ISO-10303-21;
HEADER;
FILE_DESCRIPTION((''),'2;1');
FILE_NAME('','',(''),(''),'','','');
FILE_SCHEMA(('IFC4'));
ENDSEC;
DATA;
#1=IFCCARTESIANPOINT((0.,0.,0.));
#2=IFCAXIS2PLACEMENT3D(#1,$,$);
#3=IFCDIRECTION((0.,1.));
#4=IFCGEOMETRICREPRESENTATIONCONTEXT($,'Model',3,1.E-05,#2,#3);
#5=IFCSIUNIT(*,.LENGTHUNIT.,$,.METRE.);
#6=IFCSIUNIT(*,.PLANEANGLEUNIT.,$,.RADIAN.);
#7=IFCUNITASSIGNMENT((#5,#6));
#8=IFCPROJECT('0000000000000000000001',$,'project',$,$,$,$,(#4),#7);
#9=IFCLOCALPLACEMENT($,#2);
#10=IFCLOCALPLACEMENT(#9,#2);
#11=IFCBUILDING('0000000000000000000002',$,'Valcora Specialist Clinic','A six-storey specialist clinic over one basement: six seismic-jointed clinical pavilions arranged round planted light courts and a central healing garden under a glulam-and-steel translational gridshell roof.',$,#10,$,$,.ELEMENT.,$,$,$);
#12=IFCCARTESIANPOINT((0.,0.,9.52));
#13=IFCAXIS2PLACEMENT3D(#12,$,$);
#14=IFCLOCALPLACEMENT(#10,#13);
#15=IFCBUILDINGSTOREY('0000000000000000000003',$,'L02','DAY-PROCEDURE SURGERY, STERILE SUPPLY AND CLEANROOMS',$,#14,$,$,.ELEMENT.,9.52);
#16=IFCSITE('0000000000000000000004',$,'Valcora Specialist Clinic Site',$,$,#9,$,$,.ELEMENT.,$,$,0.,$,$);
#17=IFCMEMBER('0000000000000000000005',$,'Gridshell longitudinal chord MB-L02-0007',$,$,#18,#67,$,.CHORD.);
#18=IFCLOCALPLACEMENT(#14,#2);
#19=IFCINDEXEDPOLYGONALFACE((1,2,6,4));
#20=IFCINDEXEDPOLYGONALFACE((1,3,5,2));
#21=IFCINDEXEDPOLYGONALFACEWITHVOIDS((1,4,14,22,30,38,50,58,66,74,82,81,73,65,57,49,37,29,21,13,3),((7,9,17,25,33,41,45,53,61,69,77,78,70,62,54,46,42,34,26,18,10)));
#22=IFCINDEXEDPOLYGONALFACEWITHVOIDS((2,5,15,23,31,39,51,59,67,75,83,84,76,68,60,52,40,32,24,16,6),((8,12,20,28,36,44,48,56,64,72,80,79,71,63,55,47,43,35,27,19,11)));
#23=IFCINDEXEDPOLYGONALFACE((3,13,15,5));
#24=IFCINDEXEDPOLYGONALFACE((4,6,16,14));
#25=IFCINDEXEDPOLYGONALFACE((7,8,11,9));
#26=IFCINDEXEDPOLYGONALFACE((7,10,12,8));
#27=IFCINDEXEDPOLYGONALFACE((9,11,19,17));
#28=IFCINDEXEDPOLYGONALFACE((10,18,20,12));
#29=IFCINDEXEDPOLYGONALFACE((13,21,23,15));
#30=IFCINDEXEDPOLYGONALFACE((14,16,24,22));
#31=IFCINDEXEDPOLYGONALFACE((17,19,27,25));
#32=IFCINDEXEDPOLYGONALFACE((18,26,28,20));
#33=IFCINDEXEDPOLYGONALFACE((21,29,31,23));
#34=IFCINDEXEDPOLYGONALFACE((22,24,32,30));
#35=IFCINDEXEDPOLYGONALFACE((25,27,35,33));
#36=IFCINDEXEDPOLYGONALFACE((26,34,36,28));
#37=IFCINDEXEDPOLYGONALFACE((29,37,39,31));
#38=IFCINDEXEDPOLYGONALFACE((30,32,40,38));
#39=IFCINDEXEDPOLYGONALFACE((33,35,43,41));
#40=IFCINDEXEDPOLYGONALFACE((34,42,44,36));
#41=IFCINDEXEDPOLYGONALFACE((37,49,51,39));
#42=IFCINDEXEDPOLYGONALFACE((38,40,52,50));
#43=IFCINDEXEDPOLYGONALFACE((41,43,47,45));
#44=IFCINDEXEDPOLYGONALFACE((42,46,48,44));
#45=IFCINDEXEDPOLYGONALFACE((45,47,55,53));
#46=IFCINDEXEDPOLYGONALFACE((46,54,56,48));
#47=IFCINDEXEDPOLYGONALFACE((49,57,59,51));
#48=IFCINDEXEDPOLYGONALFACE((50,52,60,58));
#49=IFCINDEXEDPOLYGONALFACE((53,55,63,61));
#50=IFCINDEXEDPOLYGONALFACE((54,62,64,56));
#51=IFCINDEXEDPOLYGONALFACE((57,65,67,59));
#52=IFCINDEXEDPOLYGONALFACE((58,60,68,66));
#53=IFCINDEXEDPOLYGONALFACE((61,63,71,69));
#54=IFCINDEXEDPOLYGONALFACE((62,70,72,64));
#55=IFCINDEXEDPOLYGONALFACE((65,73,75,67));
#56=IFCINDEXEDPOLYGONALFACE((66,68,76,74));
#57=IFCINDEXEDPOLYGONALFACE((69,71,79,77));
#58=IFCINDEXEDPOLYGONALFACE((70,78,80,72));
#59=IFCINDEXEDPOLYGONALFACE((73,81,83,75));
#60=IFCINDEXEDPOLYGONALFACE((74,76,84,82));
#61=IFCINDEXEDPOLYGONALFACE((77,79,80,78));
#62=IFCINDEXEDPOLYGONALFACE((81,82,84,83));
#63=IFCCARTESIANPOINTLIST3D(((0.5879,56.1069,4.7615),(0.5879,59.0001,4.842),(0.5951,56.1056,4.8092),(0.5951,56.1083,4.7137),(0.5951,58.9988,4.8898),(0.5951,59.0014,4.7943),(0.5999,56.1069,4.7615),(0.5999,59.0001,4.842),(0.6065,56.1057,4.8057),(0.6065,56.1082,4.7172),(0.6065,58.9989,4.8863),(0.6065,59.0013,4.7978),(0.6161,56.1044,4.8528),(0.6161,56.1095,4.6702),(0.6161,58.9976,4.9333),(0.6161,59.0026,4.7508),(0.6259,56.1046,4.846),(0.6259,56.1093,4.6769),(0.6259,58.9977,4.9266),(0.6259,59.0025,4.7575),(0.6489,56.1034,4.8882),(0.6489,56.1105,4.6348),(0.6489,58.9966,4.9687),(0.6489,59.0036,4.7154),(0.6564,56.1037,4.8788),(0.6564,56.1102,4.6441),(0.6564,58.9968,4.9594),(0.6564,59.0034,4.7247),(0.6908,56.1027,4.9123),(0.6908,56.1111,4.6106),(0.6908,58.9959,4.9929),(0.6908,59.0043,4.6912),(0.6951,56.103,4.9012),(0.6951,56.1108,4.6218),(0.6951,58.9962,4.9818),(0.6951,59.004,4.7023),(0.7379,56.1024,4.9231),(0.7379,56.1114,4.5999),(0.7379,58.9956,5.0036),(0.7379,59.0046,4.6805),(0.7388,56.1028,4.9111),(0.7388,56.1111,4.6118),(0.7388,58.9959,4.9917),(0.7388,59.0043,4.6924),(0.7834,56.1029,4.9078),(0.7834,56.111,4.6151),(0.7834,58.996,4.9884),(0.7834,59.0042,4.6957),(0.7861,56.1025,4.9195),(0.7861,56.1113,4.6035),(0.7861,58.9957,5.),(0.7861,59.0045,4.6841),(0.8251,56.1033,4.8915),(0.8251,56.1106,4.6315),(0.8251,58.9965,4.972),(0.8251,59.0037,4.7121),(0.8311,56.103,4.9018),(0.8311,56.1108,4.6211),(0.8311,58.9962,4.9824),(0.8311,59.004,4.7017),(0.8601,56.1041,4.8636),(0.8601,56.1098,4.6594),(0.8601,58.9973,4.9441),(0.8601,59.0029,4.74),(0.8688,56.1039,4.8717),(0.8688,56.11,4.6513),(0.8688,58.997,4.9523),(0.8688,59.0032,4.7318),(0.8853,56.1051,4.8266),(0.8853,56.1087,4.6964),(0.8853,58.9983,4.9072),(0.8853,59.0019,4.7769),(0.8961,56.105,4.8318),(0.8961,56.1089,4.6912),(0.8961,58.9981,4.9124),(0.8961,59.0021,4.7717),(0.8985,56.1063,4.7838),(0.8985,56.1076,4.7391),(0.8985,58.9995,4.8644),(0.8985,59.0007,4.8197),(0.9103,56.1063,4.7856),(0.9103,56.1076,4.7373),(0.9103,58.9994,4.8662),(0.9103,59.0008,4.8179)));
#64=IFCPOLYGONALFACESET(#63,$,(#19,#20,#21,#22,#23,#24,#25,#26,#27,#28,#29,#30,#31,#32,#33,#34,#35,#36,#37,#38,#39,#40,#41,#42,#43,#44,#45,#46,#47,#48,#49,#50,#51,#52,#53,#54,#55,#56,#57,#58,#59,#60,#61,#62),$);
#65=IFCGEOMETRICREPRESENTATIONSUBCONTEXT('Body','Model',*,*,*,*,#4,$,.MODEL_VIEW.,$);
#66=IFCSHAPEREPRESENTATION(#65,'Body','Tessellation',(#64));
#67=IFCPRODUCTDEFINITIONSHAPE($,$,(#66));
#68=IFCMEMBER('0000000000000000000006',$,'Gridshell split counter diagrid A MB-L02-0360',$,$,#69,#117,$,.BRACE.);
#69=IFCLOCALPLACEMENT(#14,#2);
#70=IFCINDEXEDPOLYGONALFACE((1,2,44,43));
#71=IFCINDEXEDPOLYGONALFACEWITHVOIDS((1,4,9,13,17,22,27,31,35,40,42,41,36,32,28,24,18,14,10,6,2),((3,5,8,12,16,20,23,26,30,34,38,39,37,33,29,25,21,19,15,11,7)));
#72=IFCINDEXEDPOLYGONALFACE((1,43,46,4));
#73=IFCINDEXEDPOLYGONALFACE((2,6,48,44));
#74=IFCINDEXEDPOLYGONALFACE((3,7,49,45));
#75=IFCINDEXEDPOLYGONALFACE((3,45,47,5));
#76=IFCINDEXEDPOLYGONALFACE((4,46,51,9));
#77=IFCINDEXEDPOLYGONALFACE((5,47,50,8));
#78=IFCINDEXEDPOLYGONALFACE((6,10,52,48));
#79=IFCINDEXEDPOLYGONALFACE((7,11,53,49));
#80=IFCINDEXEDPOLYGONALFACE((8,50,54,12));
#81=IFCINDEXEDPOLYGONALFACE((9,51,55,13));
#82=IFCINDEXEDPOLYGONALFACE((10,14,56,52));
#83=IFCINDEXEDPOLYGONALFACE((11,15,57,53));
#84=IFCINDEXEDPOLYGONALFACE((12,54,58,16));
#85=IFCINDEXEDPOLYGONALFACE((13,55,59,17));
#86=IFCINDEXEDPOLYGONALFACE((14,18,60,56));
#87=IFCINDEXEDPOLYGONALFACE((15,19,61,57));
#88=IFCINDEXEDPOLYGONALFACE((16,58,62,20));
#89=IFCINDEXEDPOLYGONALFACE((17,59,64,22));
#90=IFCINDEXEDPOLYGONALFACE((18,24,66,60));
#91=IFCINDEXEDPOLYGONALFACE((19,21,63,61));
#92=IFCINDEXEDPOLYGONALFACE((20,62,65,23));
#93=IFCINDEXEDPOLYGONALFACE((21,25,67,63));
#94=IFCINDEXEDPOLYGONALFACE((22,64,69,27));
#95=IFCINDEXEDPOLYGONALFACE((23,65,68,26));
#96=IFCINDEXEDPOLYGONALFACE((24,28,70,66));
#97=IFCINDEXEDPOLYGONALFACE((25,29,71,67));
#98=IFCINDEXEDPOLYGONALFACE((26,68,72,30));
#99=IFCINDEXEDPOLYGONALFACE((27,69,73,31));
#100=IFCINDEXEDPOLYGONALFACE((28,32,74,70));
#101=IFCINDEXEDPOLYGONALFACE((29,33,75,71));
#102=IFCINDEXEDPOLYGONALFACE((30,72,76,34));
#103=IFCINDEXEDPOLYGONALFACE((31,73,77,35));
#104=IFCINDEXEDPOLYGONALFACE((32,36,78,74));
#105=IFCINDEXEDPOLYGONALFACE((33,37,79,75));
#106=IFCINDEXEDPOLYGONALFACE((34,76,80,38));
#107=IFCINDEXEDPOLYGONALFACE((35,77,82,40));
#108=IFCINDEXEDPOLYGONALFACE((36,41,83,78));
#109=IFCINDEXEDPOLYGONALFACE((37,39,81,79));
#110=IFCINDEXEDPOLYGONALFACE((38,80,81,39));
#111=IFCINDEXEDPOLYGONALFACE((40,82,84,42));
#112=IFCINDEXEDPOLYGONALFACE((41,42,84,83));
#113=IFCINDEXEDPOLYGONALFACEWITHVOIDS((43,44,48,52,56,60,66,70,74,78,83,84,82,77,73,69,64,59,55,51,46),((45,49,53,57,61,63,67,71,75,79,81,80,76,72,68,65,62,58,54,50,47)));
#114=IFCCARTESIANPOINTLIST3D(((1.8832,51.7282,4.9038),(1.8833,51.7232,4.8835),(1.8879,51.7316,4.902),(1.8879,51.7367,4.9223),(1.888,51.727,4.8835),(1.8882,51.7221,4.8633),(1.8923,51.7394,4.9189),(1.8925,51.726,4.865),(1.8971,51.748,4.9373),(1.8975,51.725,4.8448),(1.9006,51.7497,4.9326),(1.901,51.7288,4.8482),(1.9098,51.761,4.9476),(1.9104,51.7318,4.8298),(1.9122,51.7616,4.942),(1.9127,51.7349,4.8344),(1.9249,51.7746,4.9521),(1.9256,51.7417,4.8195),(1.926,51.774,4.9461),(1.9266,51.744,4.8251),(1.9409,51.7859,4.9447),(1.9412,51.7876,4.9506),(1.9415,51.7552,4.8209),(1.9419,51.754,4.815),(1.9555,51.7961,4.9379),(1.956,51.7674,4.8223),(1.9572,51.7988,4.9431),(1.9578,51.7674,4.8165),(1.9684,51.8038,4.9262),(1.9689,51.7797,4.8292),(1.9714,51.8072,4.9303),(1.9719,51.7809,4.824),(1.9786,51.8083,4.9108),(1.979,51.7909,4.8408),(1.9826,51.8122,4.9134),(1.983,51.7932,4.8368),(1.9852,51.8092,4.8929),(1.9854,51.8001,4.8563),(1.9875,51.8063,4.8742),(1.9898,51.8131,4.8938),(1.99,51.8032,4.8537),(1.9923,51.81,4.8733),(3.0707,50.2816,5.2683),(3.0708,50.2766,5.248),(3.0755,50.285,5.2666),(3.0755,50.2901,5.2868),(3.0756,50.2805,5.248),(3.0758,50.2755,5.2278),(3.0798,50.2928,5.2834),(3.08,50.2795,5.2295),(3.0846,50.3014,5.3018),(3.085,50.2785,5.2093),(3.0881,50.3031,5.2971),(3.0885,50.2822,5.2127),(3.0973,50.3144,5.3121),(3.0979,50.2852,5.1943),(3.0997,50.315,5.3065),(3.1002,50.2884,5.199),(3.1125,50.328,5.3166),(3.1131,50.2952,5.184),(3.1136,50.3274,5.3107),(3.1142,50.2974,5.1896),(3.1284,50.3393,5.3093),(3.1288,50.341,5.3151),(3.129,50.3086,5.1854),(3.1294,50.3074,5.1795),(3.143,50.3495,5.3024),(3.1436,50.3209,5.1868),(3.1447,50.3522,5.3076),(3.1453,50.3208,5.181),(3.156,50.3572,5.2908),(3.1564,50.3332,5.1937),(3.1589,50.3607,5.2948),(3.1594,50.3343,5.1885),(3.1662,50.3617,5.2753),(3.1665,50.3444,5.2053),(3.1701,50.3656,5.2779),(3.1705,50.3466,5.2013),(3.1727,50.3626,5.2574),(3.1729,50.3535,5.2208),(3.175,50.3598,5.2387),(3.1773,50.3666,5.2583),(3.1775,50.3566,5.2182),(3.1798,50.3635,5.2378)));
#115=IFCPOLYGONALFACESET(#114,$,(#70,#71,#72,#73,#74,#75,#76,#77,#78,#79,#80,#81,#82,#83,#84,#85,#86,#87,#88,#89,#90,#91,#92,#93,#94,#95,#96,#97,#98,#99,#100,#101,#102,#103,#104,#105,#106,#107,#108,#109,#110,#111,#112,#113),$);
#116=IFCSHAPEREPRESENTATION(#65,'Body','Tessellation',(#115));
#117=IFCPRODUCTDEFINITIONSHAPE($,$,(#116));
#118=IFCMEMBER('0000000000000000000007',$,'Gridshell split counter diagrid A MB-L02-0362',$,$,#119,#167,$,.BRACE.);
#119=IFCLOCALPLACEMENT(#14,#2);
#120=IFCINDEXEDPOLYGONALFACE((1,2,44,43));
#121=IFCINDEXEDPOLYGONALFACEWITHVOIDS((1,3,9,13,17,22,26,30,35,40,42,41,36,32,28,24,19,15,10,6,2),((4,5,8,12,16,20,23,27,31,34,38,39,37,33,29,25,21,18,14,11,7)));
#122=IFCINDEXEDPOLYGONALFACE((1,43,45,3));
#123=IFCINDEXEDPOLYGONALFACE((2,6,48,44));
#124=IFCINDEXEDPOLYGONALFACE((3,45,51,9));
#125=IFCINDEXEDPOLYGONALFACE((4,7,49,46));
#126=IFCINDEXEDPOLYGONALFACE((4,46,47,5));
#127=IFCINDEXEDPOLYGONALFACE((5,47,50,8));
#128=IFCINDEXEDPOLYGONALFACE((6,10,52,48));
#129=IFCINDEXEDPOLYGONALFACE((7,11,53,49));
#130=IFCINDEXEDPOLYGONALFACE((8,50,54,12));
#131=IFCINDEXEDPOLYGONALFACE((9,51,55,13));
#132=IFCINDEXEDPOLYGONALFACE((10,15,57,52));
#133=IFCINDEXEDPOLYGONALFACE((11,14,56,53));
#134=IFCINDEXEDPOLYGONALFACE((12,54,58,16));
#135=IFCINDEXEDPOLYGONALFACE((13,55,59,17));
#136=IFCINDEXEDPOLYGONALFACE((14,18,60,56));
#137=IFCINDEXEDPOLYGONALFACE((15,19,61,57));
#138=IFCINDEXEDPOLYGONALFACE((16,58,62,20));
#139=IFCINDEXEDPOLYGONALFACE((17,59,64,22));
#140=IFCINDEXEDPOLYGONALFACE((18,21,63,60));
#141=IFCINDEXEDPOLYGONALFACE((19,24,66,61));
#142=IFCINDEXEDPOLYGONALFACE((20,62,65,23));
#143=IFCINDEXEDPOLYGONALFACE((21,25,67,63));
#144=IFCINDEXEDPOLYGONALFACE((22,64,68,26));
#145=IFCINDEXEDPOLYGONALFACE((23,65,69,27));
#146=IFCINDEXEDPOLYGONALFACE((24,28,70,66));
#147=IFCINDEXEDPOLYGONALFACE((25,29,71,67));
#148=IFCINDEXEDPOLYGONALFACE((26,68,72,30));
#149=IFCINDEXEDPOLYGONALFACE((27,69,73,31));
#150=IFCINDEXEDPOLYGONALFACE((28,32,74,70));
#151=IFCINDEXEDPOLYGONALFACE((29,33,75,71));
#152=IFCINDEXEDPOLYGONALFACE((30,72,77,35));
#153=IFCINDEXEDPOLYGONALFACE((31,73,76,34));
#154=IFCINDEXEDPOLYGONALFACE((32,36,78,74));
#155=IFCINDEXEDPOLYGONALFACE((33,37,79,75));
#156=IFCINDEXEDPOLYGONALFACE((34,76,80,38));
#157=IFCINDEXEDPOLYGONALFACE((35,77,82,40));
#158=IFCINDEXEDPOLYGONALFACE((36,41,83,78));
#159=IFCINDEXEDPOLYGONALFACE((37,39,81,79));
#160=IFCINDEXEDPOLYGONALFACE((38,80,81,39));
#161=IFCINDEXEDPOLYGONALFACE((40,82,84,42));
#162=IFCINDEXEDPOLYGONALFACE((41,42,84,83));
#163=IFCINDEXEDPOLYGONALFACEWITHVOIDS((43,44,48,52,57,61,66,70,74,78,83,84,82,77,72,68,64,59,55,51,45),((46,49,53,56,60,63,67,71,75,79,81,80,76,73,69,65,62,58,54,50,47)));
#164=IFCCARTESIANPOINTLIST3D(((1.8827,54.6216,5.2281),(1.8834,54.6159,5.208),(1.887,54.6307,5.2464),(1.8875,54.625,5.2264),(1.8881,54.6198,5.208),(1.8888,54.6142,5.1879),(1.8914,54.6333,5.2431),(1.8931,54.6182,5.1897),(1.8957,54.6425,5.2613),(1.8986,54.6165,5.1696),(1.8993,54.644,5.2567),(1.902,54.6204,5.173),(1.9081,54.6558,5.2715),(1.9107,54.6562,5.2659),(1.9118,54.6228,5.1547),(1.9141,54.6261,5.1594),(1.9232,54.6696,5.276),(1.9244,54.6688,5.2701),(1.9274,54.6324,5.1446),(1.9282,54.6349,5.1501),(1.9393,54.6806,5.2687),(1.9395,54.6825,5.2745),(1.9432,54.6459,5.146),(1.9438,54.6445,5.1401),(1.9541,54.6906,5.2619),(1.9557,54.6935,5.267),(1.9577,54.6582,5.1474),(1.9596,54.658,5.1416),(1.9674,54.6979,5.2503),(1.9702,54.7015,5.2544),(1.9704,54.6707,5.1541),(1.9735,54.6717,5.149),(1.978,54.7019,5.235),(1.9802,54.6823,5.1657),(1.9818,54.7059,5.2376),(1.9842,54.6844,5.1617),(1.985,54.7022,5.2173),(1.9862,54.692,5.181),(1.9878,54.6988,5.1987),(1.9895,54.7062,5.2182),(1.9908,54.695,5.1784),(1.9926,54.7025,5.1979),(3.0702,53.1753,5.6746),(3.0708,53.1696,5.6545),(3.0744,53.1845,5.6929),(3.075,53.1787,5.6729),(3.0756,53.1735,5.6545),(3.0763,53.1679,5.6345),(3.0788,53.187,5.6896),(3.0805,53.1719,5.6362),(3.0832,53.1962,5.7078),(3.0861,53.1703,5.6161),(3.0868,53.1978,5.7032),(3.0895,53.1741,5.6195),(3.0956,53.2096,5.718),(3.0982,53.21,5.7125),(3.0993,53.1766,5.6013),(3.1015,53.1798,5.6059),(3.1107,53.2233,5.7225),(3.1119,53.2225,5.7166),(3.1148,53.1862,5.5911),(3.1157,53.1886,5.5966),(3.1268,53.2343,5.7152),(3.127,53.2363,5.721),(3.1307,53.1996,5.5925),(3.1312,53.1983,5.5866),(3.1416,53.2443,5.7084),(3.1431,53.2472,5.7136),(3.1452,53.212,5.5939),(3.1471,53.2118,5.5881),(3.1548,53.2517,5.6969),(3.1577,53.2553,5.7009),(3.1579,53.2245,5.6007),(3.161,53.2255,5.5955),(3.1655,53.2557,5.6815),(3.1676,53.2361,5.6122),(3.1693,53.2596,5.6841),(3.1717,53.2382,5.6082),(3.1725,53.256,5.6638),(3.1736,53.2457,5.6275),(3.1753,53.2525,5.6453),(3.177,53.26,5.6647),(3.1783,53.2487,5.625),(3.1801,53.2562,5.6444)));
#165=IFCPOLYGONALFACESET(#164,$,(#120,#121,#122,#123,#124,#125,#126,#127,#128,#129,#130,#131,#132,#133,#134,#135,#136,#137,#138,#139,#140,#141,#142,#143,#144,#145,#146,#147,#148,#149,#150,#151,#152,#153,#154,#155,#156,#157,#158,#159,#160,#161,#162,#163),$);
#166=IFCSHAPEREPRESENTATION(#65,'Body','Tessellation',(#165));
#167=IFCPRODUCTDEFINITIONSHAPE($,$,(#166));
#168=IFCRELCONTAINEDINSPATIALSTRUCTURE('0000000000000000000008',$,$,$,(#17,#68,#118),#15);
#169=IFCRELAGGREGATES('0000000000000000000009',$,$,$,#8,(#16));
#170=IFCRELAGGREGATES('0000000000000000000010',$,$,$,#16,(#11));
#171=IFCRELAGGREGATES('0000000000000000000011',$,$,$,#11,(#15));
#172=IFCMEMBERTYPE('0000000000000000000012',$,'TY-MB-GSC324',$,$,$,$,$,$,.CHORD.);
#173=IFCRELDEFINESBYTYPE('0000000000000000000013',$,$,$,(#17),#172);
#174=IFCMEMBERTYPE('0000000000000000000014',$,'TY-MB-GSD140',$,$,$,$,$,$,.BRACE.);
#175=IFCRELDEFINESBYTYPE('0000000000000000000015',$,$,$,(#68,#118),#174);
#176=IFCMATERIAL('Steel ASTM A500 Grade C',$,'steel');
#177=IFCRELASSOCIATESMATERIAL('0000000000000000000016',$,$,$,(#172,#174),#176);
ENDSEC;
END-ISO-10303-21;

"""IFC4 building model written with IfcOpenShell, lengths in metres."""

from ifc_helpers import new_model, si_unit, direction, frame, origin, origin_2d, place, context, subcontext, project, spatial, hollow_circle, extrude, material, material_profile, profile_set, type_object, element, save


model = new_model("IFC4")

# Units and contexts
model_context = context("Model", 3, precision=1e-05, world=origin(), true_north=direction((0.0, 1.0)))
body_context = subcontext(model_context, "Body", "Model", "MODEL_VIEW")
ifc_project = project(units=[si_unit("LENGTHUNIT", "METRE"), si_unit("PLANEANGLEUNIT", "RADIAN")], contexts=[model_context])

# Site, building, storey
site_placement = place(None, origin())
site = spatial("IfcSite", under=ifc_project, at=site_placement, Name="Valcora Specialist Clinic Site", CompositionType="ELEMENT", RefElevation=0.0)
building_placement = place(site_placement, origin())
building = spatial("IfcBuilding", under=site, at=building_placement, Name="Valcora Specialist Clinic", Description="A six-storey specialist clinic over one basement: six seismic-jointed clinical pavilions arranged round planted light courts and a central healing garden under a glulam-and-steel translational gridshell roof.", CompositionType="ELEMENT")
storey_placement = place(building_placement, frame((0.0, 0.0, 9.52)))
storey = spatial("IfcBuildingStorey", under=building, at=storey_placement, Name="L02", Description="DAY-PROCEDURE SURGERY, STERILE SUPPLY AND CLEANROOMS", CompositionType="ELEMENT", Elevation=9.52)

# Members
ifc_material_1 = material(Name="Steel ASTM A500 Grade C", Category="steel")
ifc_material_profile_1 = material_profile(ifc_material_1, hollow_circle(Radius=0.1621, WallThickness=0.012, at=origin_2d()), Name="ST-CHS-324X12")
ifc_profile_set_1 = profile_set([ifc_material_profile_1], Name="Steel ASTM A500 Grade C")
member_type_1 = type_object("IfcMemberType", Name="TY-MB-GSC324", PredefinedType="CHORD", material=ifc_profile_set_1)
member_1_placement = place(storey_placement, frame((0.75, 56.1069, 4.7615), z_axis=(0.0, 0.999612, 0.027837), x_axis=(-1.0, 0.0, 0.0)))
element("IfcMember", 1, at=member_1_placement, inside=storey, type_object=member_type_1, Name="Gridshell longitudinal chord MB-L02-0007", PredefinedType="CHORD", context=body_context, shape_type="SweptSolid", body=[
    extrude(hollow_circle(Radius=0.1621, WallThickness=0.012, at=origin_2d()), origin(), (0.0, 0.0, 1.0), 2.8943),
])
ifc_material_profile_2 = material_profile(ifc_material_1, hollow_circle(Radius=0.0701, WallThickness=0.0061, at=origin_2d()), Name="ST-CHS-140X6")
ifc_profile_set_2 = profile_set([ifc_material_profile_2], Name="Steel ASTM A500 Grade C")
member_type_2 = type_object("IfcMemberType", Name="TY-MB-GSD140", PredefinedType="BRACE", material=ifc_profile_set_2)
member_2_placement = place(storey_placement, frame((3.125, 50.321, 5.248), z_axis=(-0.622806, 0.758661, -0.19117), x_axis=(-0.772916, -0.634508, 0.0)))
element("IfcMember", 2, at=member_2_placement, inside=storey, type_object=member_type_2, Name="Gridshell split counter diagrid A MB-L02-0360", PredefinedType="BRACE", context=body_context, shape_type="SweptSolid", body=[
    extrude(hollow_circle(Radius=0.0701, WallThickness=0.0061, at=origin_2d()), origin(), (0.0, 0.0, 1.0), 1.9067),
])
member_3_placement = place(storey_placement, frame((3.125, 53.2141, 5.6545), z_axis=(-0.617243, 0.751758, -0.232101), x_axis=(-0.772863, -0.634572, 0.0)))
element("IfcMember", 3, at=member_3_placement, inside=storey, type_object=member_type_2, Name="Gridshell split counter diagrid A MB-L02-0362", PredefinedType="BRACE", context=body_context, shape_type="SweptSolid", body=[
    extrude(hollow_circle(Radius=0.0701, WallThickness=0.0061, at=origin_2d()), origin(), (0.0, 0.0, 1.0), 1.9238),
])

save(model, "model.ifc")
